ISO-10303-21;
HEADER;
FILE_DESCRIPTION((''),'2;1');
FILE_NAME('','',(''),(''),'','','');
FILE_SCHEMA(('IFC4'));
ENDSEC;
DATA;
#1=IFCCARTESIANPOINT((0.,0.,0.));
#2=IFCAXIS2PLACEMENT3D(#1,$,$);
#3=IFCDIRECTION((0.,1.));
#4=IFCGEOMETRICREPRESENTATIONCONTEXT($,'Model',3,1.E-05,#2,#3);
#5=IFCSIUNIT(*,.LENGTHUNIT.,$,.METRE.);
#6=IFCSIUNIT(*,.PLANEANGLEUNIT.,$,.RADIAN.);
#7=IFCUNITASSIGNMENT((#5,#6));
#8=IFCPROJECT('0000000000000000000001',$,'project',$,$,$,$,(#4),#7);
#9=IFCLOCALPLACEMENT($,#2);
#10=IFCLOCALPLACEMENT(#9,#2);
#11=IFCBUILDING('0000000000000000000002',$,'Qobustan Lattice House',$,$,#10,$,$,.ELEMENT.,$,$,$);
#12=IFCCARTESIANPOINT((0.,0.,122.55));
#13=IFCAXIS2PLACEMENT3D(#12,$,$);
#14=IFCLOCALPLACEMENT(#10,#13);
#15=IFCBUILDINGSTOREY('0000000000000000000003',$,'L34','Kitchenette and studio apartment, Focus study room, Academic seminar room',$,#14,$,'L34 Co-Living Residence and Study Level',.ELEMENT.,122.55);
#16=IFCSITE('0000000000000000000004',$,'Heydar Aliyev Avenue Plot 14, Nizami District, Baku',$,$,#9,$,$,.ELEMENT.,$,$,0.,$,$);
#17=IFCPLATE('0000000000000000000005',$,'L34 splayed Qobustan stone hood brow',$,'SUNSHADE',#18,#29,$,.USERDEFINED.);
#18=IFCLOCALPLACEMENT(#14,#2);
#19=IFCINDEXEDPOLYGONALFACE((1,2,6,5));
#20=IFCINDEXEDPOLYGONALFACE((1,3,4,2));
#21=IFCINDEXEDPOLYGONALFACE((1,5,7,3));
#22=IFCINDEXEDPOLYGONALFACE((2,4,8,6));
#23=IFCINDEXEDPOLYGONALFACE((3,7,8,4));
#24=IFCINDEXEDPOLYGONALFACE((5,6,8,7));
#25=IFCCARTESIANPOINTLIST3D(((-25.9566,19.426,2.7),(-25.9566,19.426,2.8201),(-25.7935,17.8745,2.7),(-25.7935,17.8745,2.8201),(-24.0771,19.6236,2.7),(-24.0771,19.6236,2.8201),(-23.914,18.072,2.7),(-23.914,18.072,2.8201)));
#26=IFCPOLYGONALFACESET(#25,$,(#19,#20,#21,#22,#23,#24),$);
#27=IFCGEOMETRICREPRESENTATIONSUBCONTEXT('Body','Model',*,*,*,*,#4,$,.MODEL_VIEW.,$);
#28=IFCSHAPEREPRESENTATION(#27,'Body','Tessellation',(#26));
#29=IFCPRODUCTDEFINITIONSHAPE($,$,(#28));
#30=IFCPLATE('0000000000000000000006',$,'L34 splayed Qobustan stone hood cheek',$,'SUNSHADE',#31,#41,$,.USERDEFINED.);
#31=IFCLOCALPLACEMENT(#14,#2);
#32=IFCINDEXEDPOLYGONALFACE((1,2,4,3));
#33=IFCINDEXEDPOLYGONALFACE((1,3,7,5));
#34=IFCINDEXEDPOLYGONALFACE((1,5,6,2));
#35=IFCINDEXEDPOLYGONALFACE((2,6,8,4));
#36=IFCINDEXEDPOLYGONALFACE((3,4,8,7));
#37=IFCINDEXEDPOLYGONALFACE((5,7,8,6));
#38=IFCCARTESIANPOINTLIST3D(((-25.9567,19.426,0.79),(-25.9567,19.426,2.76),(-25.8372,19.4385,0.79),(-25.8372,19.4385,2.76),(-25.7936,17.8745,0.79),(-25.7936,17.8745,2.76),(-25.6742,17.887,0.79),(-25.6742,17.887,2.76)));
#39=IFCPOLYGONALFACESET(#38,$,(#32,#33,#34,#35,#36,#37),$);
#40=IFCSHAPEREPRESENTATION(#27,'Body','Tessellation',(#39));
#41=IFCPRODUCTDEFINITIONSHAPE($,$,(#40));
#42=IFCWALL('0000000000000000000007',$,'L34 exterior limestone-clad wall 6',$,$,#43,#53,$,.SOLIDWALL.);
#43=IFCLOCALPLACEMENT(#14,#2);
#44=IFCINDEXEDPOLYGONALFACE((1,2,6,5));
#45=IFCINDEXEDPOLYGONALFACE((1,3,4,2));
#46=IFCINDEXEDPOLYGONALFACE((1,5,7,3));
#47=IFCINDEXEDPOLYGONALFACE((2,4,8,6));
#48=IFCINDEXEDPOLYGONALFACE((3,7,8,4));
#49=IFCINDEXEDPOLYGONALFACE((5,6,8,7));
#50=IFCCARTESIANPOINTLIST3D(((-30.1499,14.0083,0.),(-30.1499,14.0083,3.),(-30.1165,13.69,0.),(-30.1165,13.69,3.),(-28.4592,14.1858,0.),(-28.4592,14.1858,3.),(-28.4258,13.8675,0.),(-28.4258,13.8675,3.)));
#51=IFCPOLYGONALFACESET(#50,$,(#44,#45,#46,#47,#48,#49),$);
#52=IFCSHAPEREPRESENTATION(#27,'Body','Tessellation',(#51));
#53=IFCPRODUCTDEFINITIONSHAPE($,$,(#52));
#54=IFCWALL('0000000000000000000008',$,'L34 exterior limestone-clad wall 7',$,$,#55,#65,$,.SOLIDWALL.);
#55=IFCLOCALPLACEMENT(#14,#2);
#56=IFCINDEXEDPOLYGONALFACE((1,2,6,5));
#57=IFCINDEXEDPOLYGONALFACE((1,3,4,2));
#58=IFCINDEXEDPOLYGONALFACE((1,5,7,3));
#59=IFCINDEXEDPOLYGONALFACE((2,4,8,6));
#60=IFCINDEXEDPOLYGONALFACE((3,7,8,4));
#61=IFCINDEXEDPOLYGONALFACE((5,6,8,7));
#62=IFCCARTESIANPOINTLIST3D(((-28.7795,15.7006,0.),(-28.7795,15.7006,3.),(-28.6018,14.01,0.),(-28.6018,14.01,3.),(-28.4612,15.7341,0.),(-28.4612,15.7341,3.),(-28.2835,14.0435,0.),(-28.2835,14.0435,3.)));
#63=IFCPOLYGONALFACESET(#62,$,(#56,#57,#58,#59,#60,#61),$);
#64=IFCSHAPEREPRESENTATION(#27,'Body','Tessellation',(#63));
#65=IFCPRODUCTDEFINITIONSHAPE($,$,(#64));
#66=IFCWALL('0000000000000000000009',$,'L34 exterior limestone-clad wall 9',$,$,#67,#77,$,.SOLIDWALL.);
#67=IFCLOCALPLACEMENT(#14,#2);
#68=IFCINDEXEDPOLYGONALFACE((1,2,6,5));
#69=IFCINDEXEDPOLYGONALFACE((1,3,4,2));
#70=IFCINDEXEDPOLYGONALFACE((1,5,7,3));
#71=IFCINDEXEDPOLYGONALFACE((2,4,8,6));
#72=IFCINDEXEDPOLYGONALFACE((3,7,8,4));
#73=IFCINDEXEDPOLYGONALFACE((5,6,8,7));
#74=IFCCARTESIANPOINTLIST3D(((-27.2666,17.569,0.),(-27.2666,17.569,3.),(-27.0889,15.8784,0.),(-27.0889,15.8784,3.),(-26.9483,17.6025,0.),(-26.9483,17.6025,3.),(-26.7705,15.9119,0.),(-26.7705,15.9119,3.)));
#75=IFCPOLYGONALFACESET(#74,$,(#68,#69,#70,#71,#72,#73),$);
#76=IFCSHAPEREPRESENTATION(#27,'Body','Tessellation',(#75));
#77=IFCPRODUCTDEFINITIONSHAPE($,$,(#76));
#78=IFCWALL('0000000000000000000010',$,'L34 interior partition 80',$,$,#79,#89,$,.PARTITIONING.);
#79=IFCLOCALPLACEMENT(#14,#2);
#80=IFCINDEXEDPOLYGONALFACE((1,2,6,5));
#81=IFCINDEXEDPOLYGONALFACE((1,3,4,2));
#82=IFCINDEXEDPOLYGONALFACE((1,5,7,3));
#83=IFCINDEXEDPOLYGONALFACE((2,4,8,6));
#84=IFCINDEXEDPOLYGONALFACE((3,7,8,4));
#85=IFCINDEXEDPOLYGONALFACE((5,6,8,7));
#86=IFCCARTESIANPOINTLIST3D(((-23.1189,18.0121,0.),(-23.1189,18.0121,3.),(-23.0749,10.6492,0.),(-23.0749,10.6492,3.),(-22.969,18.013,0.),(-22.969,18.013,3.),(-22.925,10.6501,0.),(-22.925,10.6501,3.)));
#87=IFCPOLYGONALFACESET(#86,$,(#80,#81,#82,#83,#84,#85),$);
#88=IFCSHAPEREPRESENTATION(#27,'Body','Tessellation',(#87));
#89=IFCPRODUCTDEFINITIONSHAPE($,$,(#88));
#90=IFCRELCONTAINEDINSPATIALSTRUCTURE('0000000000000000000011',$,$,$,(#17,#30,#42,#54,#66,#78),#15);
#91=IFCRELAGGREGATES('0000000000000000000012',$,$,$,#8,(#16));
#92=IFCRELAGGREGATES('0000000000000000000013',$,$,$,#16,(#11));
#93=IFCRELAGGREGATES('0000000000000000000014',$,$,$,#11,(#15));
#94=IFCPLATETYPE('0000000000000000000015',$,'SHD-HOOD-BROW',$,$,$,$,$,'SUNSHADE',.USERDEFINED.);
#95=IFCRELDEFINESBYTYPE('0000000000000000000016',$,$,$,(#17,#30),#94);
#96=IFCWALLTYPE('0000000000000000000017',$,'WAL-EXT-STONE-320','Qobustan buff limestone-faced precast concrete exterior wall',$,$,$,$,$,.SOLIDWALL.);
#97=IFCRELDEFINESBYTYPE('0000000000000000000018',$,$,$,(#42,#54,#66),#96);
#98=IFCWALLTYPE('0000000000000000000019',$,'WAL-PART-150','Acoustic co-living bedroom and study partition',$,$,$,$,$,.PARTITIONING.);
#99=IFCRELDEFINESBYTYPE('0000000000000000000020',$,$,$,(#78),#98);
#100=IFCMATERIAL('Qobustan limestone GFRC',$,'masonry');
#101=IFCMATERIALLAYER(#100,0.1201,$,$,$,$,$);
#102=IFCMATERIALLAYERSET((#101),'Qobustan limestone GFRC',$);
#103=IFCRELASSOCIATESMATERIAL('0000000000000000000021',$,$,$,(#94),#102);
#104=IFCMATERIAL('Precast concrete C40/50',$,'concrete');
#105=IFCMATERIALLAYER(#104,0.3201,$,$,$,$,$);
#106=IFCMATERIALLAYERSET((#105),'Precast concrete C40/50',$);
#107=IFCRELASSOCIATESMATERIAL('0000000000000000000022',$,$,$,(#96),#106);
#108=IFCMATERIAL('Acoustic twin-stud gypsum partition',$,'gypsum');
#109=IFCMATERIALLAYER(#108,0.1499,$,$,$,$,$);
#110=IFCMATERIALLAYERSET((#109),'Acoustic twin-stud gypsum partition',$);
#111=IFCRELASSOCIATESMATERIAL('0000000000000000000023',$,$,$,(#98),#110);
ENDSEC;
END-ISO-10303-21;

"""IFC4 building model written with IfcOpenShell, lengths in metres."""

from ifc_helpers import new_model, si_unit, direction, frame, frame_2d, origin, origin_2d, place, context, subcontext, project, spatial, rectangle, extrude, material, layer, layer_set, type_object, element, save


model = new_model("IFC4")

# Units and contexts
model_context = context("Model", 3, precision=1e-05, world=origin(), true_north=direction((0.0, 1.0)))
body_context = subcontext(model_context, "Body", "Model", "MODEL_VIEW")
ifc_project = project(units=[si_unit("LENGTHUNIT", "METRE"), si_unit("PLANEANGLEUNIT", "RADIAN")], contexts=[model_context])

# Site, building, storey
site_placement = place(None, origin())
site = spatial("IfcSite", under=ifc_project, at=site_placement, Name="Heydar Aliyev Avenue Plot 14, Nizami District, Baku", CompositionType="ELEMENT", RefElevation=0.0)
building_placement = place(site_placement, origin())
building = spatial("IfcBuilding", under=site, at=building_placement, Name="Qobustan Lattice House", CompositionType="ELEMENT")
storey_placement = place(building_placement, frame((0.0, 0.0, 122.55)))
storey = spatial("IfcBuildingStorey", under=building, at=storey_placement, Name="L34", Description="Kitchenette and studio apartment, Focus study room, Academic seminar room", LongName="L34 Co-Living Residence and Study Level", CompositionType="ELEMENT", Elevation=122.55)

# Plates
ifc_material_1 = material(Name="Qobustan limestone GFRC", Category="masonry")
ifc_layer_1 = layer(ifc_material_1, 0.1201)
ifc_layer_set_1 = layer_set([ifc_layer_1], Name="Qobustan limestone GFRC")
plate_type_1 = type_object("IfcPlateType", Name="SHD-HOOD-BROW", ElementType="SUNSHADE", PredefinedType="USERDEFINED", material=ifc_layer_set_1)
plate_1_placement = place(storey_placement, frame((-24.9353, 18.749, 2.7), z_axis=(0.0, 0.0, 1.0), x_axis=(0.994522, 0.104528, 0.0)))
element("IfcPlate", 1, at=plate_1_placement, inside=storey, type_object=plate_type_1, Name="L34 splayed Qobustan stone hood brow", ObjectType="SUNSHADE", PredefinedType="USERDEFINED", context=body_context, shape_type="SweptSolid", body=[
    extrude(rectangle(XDim=1.8899, YDim=1.5601, at=origin_2d()), origin(), (0.0, 0.0, 1.0), 0.1201),
])
plate_2_placement = place(storey_placement, frame((-25.8154, 18.6565, 0.79), z_axis=(0.0, 0.0, 1.0), x_axis=(0.994522, 0.104528, 0.0)))
element("IfcPlate", 2, at=plate_2_placement, inside=storey, type_object=plate_type_1, Name="L34 splayed Qobustan stone hood cheek", ObjectType="SUNSHADE", PredefinedType="USERDEFINED", context=body_context, shape_type="SweptSolid", body=[
    extrude(rectangle(XDim=0.1201, YDim=1.5601, at=origin_2d()), origin(), (0.0, 0.0, 1.0), 1.97),
])

# Walls
ifc_material_2 = material(Name="Precast concrete C40/50", Category="concrete")
ifc_layer_2 = layer(ifc_material_2, 0.3201)
ifc_layer_set_2 = layer_set([ifc_layer_2], Name="Precast concrete C40/50")
wall_type_1 = type_object("IfcWallType", Name="WAL-EXT-STONE-320", Description="Qobustan buff limestone-faced precast concrete exterior wall", PredefinedType="SOLIDWALL", material=ifc_layer_set_2)
for number, where, z_axis, x_axis, name in (
    (3, (-30.1333, 13.8491, 0.0), (0.0, 0.0, 1.0), (0.994535, 0.104408, 0.0), "L34 exterior limestone-clad wall 6"),
    (4, (-28.4426, 14.0266, 0.0), (0.0, 0.0, 1.0), (-0.10455, 0.99452, 0.0), "L34 exterior limestone-clad wall 7"),
    (5, (-26.9297, 15.895, 0.0), (0.0, 0.0, 1.0), (-0.10455, 0.99452, 0.0), "L34 exterior limestone-clad wall 9"),
):
    element("IfcWall", number, at=place(storey_placement, frame(where, z_axis=z_axis, x_axis=x_axis)), inside=storey, type_object=wall_type_1, Name=name, PredefinedType="SOLIDWALL", context=body_context, shape_type="SweptSolid", body=[
        extrude(rectangle(XDim=1.7, YDim=0.3201, at=frame_2d((0.8501, 0.0))), origin(), (0.0, 0.0, 1.0), 3.0),
    ])

# Wall
ifc_material_3 = material(Name="Acoustic twin-stud gypsum partition", Category="gypsum")
ifc_layer_3 = layer(ifc_material_3, 0.1499)
ifc_layer_set_3 = layer_set([ifc_layer_3], Name="Acoustic twin-stud gypsum partition")
wall_type_2 = type_object("IfcWallType", Name="WAL-PART-150", Description="Acoustic co-living bedroom and study partition", PredefinedType="PARTITIONING", material=ifc_layer_set_3)
wall_1_placement = place(storey_placement, frame((-23.0439, 18.0127, 0.0), z_axis=(0.0, 0.0, 1.0), x_axis=(0.005968, -0.999982, 0.0)))
element("IfcWall", 6, at=wall_1_placement, inside=storey, type_object=wall_type_2, Name="L34 interior partition 80", PredefinedType="PARTITIONING", context=body_context, shape_type="SweptSolid", body=[
    extrude(rectangle(XDim=7.363, YDim=0.1499, at=frame_2d((3.6816, 0.0))), origin(), (0.0, 0.0, 1.0), 3.0),
])

save(model, "model.ifc")
